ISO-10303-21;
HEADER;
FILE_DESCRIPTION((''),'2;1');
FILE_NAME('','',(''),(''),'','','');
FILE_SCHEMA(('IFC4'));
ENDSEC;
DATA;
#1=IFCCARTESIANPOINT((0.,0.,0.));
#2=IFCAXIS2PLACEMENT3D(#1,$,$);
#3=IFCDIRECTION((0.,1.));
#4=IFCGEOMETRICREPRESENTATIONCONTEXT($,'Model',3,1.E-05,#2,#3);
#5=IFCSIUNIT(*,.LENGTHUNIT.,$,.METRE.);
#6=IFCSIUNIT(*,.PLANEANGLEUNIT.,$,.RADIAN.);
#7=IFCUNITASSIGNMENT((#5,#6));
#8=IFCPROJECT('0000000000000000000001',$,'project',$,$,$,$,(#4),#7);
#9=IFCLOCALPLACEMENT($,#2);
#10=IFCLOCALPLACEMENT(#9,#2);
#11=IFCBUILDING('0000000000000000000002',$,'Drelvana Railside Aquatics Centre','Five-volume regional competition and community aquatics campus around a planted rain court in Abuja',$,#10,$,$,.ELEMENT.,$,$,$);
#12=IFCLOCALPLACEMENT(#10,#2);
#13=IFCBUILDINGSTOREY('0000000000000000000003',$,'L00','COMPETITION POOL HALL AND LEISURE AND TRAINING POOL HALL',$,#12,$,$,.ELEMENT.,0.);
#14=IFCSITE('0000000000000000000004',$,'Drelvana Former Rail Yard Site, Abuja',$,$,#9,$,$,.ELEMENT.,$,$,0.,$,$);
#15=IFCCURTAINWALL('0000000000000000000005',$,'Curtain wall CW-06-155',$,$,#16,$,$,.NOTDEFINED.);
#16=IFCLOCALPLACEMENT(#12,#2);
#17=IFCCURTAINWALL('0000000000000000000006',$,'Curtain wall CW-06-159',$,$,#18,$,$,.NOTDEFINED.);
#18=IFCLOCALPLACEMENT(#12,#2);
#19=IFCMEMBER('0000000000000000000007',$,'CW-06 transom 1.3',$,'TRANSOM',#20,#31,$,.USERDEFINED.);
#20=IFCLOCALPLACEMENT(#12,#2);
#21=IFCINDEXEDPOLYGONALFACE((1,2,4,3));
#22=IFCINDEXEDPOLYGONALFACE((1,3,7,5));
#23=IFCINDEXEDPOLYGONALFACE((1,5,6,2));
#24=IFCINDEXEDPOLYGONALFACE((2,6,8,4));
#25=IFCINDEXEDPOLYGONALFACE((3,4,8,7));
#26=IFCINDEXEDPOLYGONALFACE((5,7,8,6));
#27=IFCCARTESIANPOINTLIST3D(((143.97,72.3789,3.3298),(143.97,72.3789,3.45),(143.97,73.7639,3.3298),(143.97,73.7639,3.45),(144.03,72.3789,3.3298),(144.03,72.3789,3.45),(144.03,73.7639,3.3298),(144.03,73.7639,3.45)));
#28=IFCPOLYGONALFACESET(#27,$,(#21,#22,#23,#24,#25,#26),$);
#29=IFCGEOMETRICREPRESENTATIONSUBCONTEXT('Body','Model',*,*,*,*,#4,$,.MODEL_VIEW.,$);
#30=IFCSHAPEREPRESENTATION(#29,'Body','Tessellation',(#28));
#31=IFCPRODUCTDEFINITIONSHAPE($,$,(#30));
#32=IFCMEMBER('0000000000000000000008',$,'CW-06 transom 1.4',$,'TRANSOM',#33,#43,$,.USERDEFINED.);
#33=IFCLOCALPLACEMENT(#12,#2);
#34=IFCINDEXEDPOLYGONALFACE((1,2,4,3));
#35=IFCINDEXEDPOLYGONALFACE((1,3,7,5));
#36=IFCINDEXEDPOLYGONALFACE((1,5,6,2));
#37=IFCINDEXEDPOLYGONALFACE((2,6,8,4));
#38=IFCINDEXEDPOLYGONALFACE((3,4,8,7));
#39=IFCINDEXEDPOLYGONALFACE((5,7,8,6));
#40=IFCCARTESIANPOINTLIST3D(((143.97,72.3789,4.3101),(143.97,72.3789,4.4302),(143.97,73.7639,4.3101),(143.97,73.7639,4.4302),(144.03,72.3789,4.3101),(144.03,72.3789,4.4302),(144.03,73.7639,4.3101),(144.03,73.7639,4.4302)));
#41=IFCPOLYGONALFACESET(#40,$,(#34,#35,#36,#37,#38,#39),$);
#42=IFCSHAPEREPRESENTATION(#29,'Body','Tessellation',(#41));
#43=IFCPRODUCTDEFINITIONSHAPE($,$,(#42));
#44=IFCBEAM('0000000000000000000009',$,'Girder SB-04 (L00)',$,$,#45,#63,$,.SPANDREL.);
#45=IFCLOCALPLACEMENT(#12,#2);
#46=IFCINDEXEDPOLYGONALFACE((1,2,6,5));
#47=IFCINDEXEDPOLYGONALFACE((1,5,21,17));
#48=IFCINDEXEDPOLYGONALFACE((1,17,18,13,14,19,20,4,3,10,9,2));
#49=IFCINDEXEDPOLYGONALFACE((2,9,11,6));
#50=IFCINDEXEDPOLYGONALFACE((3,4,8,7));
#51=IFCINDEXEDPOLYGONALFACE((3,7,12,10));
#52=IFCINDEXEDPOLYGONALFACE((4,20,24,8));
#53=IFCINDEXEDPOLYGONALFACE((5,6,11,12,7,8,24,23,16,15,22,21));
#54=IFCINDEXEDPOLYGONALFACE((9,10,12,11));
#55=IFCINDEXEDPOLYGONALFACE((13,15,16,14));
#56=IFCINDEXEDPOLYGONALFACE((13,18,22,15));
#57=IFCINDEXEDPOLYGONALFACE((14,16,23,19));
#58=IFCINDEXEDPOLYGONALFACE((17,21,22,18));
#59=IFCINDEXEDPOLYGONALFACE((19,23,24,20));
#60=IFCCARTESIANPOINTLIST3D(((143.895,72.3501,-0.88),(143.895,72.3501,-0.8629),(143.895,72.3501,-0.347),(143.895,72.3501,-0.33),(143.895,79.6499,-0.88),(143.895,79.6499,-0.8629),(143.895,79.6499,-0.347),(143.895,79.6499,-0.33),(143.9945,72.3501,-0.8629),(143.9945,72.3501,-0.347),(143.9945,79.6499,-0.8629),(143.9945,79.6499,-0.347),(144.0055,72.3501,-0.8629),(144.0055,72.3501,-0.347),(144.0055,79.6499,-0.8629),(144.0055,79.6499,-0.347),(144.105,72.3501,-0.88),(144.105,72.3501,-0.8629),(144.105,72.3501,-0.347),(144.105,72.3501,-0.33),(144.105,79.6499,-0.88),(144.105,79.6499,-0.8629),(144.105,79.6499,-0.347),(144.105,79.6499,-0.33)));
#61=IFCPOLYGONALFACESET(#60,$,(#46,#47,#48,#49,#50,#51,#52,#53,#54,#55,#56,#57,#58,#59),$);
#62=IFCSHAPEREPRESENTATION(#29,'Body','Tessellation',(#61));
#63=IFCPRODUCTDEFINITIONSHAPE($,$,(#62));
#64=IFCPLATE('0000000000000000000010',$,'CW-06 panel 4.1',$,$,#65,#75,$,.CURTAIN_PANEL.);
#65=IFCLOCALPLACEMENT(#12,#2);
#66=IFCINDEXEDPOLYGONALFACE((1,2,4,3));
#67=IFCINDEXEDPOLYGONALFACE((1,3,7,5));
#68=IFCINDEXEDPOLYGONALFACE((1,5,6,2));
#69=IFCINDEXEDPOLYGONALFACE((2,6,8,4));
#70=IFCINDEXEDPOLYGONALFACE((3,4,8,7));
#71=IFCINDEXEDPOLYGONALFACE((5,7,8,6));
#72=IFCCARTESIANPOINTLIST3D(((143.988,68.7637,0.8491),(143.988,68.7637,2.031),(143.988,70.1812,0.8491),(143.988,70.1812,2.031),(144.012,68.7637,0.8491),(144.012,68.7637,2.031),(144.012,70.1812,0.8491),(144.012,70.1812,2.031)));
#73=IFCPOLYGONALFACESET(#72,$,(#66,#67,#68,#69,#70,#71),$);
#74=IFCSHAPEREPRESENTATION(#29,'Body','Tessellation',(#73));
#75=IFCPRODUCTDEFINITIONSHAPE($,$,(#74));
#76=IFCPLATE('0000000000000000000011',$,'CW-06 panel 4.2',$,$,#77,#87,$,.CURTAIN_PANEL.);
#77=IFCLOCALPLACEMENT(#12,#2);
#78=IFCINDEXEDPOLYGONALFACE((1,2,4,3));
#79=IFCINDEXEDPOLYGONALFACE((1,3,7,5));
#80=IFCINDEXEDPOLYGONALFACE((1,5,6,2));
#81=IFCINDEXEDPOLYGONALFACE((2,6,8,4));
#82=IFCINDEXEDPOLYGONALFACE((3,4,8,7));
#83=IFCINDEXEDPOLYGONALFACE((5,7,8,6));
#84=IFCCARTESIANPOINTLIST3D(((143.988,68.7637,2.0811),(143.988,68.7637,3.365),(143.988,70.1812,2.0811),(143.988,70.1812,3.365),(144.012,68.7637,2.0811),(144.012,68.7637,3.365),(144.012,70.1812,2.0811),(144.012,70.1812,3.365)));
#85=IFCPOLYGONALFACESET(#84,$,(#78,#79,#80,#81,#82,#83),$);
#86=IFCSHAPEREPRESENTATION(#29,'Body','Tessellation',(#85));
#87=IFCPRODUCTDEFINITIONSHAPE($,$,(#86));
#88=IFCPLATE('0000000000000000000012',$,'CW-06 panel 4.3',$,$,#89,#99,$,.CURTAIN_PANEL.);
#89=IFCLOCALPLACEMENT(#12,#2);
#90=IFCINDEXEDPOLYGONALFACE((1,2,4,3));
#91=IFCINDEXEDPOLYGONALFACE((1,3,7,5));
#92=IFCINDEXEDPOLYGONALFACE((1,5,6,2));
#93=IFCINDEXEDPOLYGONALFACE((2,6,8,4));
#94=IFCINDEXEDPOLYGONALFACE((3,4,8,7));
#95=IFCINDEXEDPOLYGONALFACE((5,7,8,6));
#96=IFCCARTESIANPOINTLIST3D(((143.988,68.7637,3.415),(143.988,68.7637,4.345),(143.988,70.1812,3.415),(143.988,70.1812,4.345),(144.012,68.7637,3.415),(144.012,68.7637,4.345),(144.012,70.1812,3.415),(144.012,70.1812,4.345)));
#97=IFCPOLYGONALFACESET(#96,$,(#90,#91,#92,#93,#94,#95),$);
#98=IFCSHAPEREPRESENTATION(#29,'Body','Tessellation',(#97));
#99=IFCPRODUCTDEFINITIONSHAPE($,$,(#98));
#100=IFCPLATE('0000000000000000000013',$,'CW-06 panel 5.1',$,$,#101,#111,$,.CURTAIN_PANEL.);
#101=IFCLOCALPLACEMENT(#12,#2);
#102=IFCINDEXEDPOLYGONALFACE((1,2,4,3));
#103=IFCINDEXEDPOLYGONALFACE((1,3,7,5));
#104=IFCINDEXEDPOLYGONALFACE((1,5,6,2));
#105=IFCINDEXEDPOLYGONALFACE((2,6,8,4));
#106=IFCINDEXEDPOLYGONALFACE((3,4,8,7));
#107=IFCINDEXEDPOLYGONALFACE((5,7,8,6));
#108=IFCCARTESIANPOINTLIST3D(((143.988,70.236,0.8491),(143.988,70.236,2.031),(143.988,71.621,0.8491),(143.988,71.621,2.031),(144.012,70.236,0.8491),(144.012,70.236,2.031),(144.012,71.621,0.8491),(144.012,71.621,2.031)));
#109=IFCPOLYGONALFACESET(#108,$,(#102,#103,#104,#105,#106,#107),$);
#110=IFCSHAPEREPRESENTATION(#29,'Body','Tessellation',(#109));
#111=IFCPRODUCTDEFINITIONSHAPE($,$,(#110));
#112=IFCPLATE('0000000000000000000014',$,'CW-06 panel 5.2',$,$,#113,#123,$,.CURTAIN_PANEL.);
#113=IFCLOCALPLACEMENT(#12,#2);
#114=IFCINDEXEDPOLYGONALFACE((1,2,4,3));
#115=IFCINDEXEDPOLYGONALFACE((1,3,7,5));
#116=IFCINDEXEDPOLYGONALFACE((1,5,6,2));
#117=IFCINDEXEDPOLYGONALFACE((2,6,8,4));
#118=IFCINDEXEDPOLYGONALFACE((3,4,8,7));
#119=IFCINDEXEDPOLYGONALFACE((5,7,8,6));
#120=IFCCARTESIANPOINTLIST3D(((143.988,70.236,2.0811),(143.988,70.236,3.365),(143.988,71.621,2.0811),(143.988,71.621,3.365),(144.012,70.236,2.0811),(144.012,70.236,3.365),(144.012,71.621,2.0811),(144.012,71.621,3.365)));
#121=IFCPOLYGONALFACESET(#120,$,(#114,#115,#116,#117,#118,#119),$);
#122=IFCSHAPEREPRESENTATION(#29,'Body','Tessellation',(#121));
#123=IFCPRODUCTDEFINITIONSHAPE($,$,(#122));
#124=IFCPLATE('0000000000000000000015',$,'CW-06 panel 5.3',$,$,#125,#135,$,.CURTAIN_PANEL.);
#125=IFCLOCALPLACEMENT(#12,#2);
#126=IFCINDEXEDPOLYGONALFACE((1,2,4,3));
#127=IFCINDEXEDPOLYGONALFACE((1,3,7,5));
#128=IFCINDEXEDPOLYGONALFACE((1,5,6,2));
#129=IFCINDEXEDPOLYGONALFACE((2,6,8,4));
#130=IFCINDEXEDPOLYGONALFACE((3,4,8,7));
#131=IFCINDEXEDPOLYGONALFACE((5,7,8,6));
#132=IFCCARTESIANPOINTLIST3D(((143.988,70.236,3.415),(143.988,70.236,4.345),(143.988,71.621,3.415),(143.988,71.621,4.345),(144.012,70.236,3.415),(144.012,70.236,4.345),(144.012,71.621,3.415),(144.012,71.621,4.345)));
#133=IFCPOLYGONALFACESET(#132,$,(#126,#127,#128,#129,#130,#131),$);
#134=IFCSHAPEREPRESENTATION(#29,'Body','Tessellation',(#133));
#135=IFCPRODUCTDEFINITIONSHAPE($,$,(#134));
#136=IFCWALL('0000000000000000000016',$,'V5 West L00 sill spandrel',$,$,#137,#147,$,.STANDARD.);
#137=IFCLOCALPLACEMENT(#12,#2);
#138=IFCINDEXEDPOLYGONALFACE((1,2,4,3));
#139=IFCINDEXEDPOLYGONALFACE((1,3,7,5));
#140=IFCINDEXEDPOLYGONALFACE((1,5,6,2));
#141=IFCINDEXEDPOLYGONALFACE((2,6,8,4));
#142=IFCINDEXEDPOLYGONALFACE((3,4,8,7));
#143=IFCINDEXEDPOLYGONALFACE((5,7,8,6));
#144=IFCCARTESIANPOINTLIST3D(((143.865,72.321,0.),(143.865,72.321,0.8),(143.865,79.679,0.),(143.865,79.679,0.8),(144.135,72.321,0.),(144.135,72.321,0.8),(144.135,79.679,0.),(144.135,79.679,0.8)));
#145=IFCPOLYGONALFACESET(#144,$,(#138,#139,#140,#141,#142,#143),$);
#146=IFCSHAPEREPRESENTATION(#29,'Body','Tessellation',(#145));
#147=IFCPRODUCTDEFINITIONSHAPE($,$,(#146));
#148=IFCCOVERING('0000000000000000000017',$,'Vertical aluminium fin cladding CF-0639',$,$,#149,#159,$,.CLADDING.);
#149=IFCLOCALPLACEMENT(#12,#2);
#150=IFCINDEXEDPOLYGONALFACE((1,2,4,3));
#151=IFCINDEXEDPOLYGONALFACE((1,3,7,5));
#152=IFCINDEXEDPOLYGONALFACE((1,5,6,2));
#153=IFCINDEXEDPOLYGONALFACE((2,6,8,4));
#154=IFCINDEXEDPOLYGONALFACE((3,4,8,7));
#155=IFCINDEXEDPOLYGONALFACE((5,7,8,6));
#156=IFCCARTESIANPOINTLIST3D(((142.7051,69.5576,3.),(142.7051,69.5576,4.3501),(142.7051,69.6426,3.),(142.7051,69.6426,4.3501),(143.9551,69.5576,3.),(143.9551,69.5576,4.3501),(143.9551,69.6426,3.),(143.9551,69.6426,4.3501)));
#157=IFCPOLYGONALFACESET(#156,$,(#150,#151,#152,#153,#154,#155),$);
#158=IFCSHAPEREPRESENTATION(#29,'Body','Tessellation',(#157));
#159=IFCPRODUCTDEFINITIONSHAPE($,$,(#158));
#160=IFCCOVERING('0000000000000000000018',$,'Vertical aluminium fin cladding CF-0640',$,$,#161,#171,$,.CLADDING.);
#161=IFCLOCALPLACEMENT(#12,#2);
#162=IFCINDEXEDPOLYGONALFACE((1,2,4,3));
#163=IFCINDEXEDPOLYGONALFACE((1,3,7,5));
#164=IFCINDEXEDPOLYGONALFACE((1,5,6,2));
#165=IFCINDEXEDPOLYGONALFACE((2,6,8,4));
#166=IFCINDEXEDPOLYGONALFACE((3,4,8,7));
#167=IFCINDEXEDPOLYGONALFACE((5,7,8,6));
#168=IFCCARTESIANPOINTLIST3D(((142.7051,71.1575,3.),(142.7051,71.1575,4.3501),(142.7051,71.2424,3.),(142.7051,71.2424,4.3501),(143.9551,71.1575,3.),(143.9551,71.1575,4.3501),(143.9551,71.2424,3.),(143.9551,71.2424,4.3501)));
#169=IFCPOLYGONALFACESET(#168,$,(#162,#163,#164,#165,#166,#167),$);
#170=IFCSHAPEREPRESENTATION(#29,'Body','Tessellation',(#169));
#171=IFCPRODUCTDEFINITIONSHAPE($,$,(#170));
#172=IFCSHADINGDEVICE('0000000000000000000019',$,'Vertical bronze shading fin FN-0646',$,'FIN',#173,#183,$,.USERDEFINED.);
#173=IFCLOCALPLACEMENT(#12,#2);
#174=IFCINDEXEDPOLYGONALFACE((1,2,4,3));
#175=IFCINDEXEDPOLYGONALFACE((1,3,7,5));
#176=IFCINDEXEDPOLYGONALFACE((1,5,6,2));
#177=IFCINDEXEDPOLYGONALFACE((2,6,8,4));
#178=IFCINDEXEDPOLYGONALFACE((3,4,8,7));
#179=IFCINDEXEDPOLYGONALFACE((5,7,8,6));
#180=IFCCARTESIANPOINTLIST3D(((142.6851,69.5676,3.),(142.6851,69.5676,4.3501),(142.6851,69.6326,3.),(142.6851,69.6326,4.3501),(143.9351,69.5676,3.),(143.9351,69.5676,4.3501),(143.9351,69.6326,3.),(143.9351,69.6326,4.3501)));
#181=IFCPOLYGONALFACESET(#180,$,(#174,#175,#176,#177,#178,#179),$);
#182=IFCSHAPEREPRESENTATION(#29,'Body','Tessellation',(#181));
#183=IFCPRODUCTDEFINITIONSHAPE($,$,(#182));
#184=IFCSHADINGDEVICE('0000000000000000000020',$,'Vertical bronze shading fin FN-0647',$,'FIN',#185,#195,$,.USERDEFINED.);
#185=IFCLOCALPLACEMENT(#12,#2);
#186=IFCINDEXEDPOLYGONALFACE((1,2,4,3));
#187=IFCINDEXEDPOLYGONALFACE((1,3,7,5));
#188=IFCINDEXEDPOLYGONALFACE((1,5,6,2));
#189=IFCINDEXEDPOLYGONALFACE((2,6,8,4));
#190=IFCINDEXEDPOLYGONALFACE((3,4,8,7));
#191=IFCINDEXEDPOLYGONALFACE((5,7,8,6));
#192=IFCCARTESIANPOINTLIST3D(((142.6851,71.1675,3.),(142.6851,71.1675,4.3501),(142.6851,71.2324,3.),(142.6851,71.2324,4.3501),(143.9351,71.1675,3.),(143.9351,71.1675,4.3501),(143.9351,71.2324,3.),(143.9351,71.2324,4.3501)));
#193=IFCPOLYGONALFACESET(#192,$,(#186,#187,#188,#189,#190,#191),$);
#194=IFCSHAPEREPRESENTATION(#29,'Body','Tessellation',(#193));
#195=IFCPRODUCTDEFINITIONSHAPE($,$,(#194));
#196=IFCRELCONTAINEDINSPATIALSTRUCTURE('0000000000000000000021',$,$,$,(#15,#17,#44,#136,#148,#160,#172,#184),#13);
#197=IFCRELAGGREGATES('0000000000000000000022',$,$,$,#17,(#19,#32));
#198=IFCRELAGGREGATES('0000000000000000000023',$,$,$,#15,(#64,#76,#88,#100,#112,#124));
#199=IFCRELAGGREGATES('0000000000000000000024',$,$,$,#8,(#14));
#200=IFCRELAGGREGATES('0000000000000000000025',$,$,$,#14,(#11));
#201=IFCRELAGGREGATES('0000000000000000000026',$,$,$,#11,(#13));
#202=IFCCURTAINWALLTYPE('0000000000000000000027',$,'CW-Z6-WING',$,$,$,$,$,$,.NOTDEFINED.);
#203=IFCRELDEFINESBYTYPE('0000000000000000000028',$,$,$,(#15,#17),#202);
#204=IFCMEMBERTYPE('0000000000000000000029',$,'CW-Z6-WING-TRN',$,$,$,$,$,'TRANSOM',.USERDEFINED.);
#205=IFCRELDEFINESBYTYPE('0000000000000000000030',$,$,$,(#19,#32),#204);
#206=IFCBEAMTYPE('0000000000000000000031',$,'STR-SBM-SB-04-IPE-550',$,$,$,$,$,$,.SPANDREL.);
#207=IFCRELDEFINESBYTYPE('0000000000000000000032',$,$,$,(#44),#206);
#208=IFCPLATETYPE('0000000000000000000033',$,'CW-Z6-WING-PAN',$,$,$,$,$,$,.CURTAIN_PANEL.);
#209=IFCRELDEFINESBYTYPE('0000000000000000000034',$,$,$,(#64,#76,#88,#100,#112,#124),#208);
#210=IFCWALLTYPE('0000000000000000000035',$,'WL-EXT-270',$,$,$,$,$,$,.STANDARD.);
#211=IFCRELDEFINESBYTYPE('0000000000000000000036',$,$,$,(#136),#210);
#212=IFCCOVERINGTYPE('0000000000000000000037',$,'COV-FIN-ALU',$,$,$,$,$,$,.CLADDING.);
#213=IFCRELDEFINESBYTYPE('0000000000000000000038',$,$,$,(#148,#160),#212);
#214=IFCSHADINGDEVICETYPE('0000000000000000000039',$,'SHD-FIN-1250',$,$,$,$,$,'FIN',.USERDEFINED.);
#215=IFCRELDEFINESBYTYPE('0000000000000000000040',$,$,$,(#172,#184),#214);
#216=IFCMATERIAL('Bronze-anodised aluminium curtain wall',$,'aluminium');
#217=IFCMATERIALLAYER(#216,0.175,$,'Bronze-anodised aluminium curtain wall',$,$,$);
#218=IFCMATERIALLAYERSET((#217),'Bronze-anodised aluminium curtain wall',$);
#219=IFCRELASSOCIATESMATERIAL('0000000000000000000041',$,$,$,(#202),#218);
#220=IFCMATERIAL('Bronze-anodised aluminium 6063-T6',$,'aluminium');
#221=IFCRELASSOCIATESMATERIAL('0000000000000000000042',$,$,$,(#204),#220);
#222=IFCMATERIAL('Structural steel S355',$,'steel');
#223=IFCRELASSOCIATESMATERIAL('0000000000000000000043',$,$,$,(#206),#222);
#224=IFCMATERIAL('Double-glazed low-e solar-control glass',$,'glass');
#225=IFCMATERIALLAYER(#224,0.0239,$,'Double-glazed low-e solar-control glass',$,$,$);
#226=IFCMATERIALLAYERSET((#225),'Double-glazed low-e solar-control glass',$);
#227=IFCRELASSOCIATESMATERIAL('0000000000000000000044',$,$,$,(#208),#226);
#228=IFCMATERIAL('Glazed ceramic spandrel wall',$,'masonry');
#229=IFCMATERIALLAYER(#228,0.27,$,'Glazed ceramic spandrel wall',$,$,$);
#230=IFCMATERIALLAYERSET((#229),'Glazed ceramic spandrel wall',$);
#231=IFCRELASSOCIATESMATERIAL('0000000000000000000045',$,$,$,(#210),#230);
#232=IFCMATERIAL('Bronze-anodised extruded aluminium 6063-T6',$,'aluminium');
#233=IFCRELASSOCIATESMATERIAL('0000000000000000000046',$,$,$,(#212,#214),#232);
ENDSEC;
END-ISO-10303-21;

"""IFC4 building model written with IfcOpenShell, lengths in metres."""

from ifc_helpers import new_model, si_unit, direction, frame, frame_2d, origin, origin_2d, place, context, subcontext, project, spatial, rectangle, i_section, extrude, material, layer, layer_set, material_profile, profile_set, type_object, element, aggregate, save


model = new_model("IFC4")

# Units and contexts
model_context = context("Model", 3, precision=1e-05, world=origin(), true_north=direction((0.0, 1.0)))
body_context = subcontext(model_context, "Body", "Model", "MODEL_VIEW")
ifc_project = project(units=[si_unit("LENGTHUNIT", "METRE"), si_unit("PLANEANGLEUNIT", "RADIAN")], contexts=[model_context])

# Site, building, storey
site_placement = place(None, origin())
site = spatial("IfcSite", under=ifc_project, at=site_placement, Name="Drelvana Former Rail Yard Site, Abuja", CompositionType="ELEMENT", RefElevation=0.0)
building_placement = place(site_placement, origin())
building = spatial("IfcBuilding", under=site, at=building_placement, Name="Drelvana Railside Aquatics Centre", Description="Five-volume regional competition and community aquatics campus around a planted rain court in Abuja", CompositionType="ELEMENT")
storey_placement = place(building_placement, origin())
storey = spatial("IfcBuildingStorey", under=building, at=storey_placement, Name="L00", Description="COMPETITION POOL HALL AND LEISURE AND TRAINING POOL HALL", CompositionType="ELEMENT", Elevation=0.0)

# Curtain wall
ifc_material_1 = material(Name="Bronze-anodised aluminium curtain wall", Category="aluminium")
ifc_layer_1 = layer(ifc_material_1, 0.175, Name="Bronze-anodised aluminium curtain wall")
ifc_layer_set_1 = layer_set([ifc_layer_1], Name="Bronze-anodised aluminium curtain wall")
curtain_wall_type = type_object("IfcCurtainWallType", Name="CW-Z6-WING", PredefinedType="NOTDEFINED", material=ifc_layer_set_1)
curtain_wall_1_placement = place(storey_placement, origin())
curtain_wall_1 = element("IfcCurtainWall", 1, at=curtain_wall_1_placement, inside=storey, type_object=curtain_wall_type, Name="Curtain wall CW-06-155", PredefinedType="NOTDEFINED")
ifc_material_2 = material(Name="Bronze-anodised aluminium 6063-T6", Category="aluminium")

# Curtain wall
curtain_wall_2_placement = place(storey_placement, origin())
curtain_wall_2 = element("IfcCurtainWall", 2, at=curtain_wall_2_placement, inside=storey, type_object=curtain_wall_type, Name="Curtain wall CW-06-159", PredefinedType="NOTDEFINED")

# Members
ifc_material_profile_1 = material_profile(ifc_material_2, rectangle(XDim=0.1201, YDim=0.0601, at=origin_2d()), Name="ALU-T 60x120")
ifc_profile_set_1 = profile_set([ifc_material_profile_1], Name="Bronze-anodised aluminium 6063-T6")
member_type_1 = type_object("IfcMemberType", Name="CW-Z6-WING-TRN", ElementType="TRANSOM", PredefinedType="USERDEFINED", material=ifc_profile_set_1)
member_1_placement = place(storey_placement, frame((144.0, 72.3789, 3.3899), z_axis=(0.0, 1.0, 0.0), x_axis=(0.0, 0.0, 1.0)))
member_1 = element("IfcMember", 3, at=member_1_placement, type_object=member_type_1, Name="CW-06 transom 1.3", ObjectType="TRANSOM", PredefinedType="USERDEFINED", context=body_context, shape_type="SweptSolid", body=[
    extrude(rectangle(XDim=0.1201, YDim=0.0601, at=origin_2d()), origin(), (0.0, 0.0, 1.0), 1.385),
])
member_2_placement = place(storey_placement, frame((144.0, 72.3789, 4.3701), z_axis=(0.0, 1.0, 0.0), x_axis=(0.0, 0.0, 1.0)))
member_2 = element("IfcMember", 4, at=member_2_placement, type_object=member_type_1, Name="CW-06 transom 1.4", ObjectType="TRANSOM", PredefinedType="USERDEFINED", context=body_context, shape_type="SweptSolid", body=[
    extrude(rectangle(XDim=0.1201, YDim=0.0601, at=origin_2d()), origin(), (0.0, 0.0, 1.0), 1.385),
])
aggregate(curtain_wall_2, [member_1, member_2])

# Beam
ifc_material_3 = material(Name="Structural steel S355", Category="steel")
ifc_material_profile_2 = material_profile(ifc_material_3, i_section(OverallWidth=0.21, OverallDepth=0.55, WebThickness=0.011, FlangeThickness=0.0171, at=origin_2d()), Name="IPE 550")
ifc_profile_set_2 = profile_set([ifc_material_profile_2], Name="Structural steel S355")
beam_type = type_object("IfcBeamType", Name="STR-SBM-SB-04-IPE-550", PredefinedType="SPANDREL", material=ifc_profile_set_2)
beam_placement = place(storey_placement, frame((144.0, 72.3501, -0.605), z_axis=(0.0, 1.0, 0.0), x_axis=(-1.0, 0.0, 0.0)))
element("IfcBeam", 5, at=beam_placement, inside=storey, type_object=beam_type, Name="Girder SB-04 (L00)", PredefinedType="SPANDREL", context=body_context, shape_type="SweptSolid", body=[
    extrude(i_section(OverallWidth=0.21, OverallDepth=0.55, WebThickness=0.011, FlangeThickness=0.0171, at=origin_2d()), origin(), (0.0, 0.0, 1.0), 7.2998),
])

# Plates
ifc_material_4 = material(Name="Double-glazed low-e solar-control glass", Category="glass")
ifc_layer_2 = layer(ifc_material_4, 0.0239, Name="Double-glazed low-e solar-control glass")
ifc_layer_set_2 = layer_set([ifc_layer_2], Name="Double-glazed low-e solar-control glass")
plate_type = type_object("IfcPlateType", Name="CW-Z6-WING-PAN", PredefinedType="CURTAIN_PANEL", material=ifc_layer_set_2)
plate_1_placement = place(storey_placement, frame((144.0, 69.4724, 0.8491), z_axis=(0.0, 0.0, 1.0), x_axis=(0.0, 1.0, 0.0)))
plate_1 = element("IfcPlate", 6, at=plate_1_placement, type_object=plate_type, Name="CW-06 panel 4.1", PredefinedType="CURTAIN_PANEL", context=body_context, shape_type="SweptSolid", body=[
    extrude(rectangle(XDim=1.4175, YDim=0.0239, at=origin_2d()), origin(), (0.0, 0.0, 1.0), 1.1819),
])
plate_2_placement = place(storey_placement, frame((144.0, 69.4724, 2.0811), z_axis=(0.0, 0.0, 1.0), x_axis=(0.0, 1.0, 0.0)))
plate_2 = element("IfcPlate", 7, at=plate_2_placement, type_object=plate_type, Name="CW-06 panel 4.2", PredefinedType="CURTAIN_PANEL", context=body_context, shape_type="SweptSolid", body=[
    extrude(rectangle(XDim=1.4175, YDim=0.0239, at=origin_2d()), origin(), (0.0, 0.0, 1.0), 1.2839),
])
plate_3_placement = place(storey_placement, frame((144.0, 69.4724, 3.415), z_axis=(0.0, 0.0, 1.0), x_axis=(0.0, 1.0, 0.0)))
plate_3 = element("IfcPlate", 8, at=plate_3_placement, type_object=plate_type, Name="CW-06 panel 4.3", PredefinedType="CURTAIN_PANEL", context=body_context, shape_type="SweptSolid", body=[
    extrude(rectangle(XDim=1.4175, YDim=0.0239, at=origin_2d()), origin(), (0.0, 0.0, 1.0), 0.9299),
])
plate_4_placement = place(storey_placement, frame((144.0, 70.9285, 0.8491), z_axis=(0.0, 0.0, 1.0), x_axis=(0.0, 1.0, 0.0)))
plate_4 = element("IfcPlate", 9, at=plate_4_placement, type_object=plate_type, Name="CW-06 panel 5.1", PredefinedType="CURTAIN_PANEL", context=body_context, shape_type="SweptSolid", body=[
    extrude(rectangle(XDim=1.385, YDim=0.0239, at=origin_2d()), origin(), (0.0, 0.0, 1.0), 1.1819),
])
plate_5_placement = place(storey_placement, frame((144.0, 70.9285, 2.0811), z_axis=(0.0, 0.0, 1.0), x_axis=(0.0, 1.0, 0.0)))
plate_5 = element("IfcPlate", 10, at=plate_5_placement, type_object=plate_type, Name="CW-06 panel 5.2", PredefinedType="CURTAIN_PANEL", context=body_context, shape_type="SweptSolid", body=[
    extrude(rectangle(XDim=1.385, YDim=0.0239, at=origin_2d()), origin(), (0.0, 0.0, 1.0), 1.2839),
])
plate_6_placement = place(storey_placement, frame((144.0, 70.9285, 3.415), z_axis=(0.0, 0.0, 1.0), x_axis=(0.0, 1.0, 0.0)))
plate_6 = element("IfcPlate", 11, at=plate_6_placement, type_object=plate_type, Name="CW-06 panel 5.3", PredefinedType="CURTAIN_PANEL", context=body_context, shape_type="SweptSolid", body=[
    extrude(rectangle(XDim=1.385, YDim=0.0239, at=origin_2d()), origin(), (0.0, 0.0, 1.0), 0.9299),
])
aggregate(curtain_wall_1, [plate_1, plate_2, plate_3, plate_4, plate_5, plate_6])

# Wall
ifc_material_5 = material(Name="Glazed ceramic spandrel wall", Category="masonry")
ifc_layer_3 = layer(ifc_material_5, 0.27, Name="Glazed ceramic spandrel wall")
ifc_layer_set_3 = layer_set([ifc_layer_3], Name="Glazed ceramic spandrel wall")
wall_type = type_object("IfcWallType", Name="WL-EXT-270", PredefinedType="STANDARD", material=ifc_layer_set_3)
wall_placement = place(storey_placement, frame((144.0, 72.321, 0.0), z_axis=(0.0, 0.0, 1.0), x_axis=(0.0, 1.0, 0.0)))
element("IfcWall", 12, at=wall_placement, inside=storey, type_object=wall_type, Name="V5 West L00 sill spandrel", PredefinedType="STANDARD", context=body_context, shape_type="SweptSolid", body=[
    extrude(rectangle(XDim=7.3579, YDim=0.27, at=frame_2d((3.679, 0.0))), origin(), (0.0, 0.0, 1.0), 0.8),
])

# Coverings
ifc_material_6 = material(Name="Bronze-anodised extruded aluminium 6063-T6", Category="aluminium")
covering_type = type_object("IfcCoveringType", Name="COV-FIN-ALU", PredefinedType="CLADDING", material=ifc_material_6)
for number, where, z_axis, x_axis, name in (
    (13, (143.3301, 69.6001, 3.0), (0.0, 0.0, 1.0), (0.0, 1.0, 0.0), "Vertical aluminium fin cladding CF-0639"),
    (14, (143.3301, 71.2, 3.0), (0.0, 0.0, 1.0), (0.0, 1.0, 0.0), "Vertical aluminium fin cladding CF-0640"),
):
    element("IfcCovering", number, at=place(storey_placement, frame(where, z_axis=z_axis, x_axis=x_axis)), inside=storey, type_object=covering_type, Name=name, PredefinedType="CLADDING", context=body_context, shape_type="SweptSolid", body=[
        extrude(rectangle(XDim=0.085, YDim=1.25, at=origin_2d()), origin(), (0.0, 0.0, 1.0), 1.3501),
    ])

# Shading devices
shading_device_type = type_object("IfcShadingDeviceType", Name="SHD-FIN-1250", ElementType="FIN", PredefinedType="USERDEFINED", material=ifc_material_6)
for number, where, z_axis, x_axis, name in (
    (15, (143.3101, 69.6001, 3.0), (0.0, 0.0, 1.0), (-1.0, 0.0, 0.0), "Vertical bronze shading fin FN-0646"),
    (16, (143.3101, 71.2, 3.0), (0.0, 0.0, 1.0), (-1.0, 0.0, 0.0), "Vertical bronze shading fin FN-0647"),
):
    element("IfcShadingDevice", number, at=place(storey_placement, frame(where, z_axis=z_axis, x_axis=x_axis)), inside=storey, type_object=shading_device_type, Name=name, ObjectType="FIN", PredefinedType="USERDEFINED", context=body_context, shape_type="SweptSolid", body=[
        extrude(rectangle(XDim=1.25, YDim=0.0649, at=origin_2d()), origin(), (0.0, 0.0, 1.0), 1.3501),
    ])

save(model, "model.ifc")
